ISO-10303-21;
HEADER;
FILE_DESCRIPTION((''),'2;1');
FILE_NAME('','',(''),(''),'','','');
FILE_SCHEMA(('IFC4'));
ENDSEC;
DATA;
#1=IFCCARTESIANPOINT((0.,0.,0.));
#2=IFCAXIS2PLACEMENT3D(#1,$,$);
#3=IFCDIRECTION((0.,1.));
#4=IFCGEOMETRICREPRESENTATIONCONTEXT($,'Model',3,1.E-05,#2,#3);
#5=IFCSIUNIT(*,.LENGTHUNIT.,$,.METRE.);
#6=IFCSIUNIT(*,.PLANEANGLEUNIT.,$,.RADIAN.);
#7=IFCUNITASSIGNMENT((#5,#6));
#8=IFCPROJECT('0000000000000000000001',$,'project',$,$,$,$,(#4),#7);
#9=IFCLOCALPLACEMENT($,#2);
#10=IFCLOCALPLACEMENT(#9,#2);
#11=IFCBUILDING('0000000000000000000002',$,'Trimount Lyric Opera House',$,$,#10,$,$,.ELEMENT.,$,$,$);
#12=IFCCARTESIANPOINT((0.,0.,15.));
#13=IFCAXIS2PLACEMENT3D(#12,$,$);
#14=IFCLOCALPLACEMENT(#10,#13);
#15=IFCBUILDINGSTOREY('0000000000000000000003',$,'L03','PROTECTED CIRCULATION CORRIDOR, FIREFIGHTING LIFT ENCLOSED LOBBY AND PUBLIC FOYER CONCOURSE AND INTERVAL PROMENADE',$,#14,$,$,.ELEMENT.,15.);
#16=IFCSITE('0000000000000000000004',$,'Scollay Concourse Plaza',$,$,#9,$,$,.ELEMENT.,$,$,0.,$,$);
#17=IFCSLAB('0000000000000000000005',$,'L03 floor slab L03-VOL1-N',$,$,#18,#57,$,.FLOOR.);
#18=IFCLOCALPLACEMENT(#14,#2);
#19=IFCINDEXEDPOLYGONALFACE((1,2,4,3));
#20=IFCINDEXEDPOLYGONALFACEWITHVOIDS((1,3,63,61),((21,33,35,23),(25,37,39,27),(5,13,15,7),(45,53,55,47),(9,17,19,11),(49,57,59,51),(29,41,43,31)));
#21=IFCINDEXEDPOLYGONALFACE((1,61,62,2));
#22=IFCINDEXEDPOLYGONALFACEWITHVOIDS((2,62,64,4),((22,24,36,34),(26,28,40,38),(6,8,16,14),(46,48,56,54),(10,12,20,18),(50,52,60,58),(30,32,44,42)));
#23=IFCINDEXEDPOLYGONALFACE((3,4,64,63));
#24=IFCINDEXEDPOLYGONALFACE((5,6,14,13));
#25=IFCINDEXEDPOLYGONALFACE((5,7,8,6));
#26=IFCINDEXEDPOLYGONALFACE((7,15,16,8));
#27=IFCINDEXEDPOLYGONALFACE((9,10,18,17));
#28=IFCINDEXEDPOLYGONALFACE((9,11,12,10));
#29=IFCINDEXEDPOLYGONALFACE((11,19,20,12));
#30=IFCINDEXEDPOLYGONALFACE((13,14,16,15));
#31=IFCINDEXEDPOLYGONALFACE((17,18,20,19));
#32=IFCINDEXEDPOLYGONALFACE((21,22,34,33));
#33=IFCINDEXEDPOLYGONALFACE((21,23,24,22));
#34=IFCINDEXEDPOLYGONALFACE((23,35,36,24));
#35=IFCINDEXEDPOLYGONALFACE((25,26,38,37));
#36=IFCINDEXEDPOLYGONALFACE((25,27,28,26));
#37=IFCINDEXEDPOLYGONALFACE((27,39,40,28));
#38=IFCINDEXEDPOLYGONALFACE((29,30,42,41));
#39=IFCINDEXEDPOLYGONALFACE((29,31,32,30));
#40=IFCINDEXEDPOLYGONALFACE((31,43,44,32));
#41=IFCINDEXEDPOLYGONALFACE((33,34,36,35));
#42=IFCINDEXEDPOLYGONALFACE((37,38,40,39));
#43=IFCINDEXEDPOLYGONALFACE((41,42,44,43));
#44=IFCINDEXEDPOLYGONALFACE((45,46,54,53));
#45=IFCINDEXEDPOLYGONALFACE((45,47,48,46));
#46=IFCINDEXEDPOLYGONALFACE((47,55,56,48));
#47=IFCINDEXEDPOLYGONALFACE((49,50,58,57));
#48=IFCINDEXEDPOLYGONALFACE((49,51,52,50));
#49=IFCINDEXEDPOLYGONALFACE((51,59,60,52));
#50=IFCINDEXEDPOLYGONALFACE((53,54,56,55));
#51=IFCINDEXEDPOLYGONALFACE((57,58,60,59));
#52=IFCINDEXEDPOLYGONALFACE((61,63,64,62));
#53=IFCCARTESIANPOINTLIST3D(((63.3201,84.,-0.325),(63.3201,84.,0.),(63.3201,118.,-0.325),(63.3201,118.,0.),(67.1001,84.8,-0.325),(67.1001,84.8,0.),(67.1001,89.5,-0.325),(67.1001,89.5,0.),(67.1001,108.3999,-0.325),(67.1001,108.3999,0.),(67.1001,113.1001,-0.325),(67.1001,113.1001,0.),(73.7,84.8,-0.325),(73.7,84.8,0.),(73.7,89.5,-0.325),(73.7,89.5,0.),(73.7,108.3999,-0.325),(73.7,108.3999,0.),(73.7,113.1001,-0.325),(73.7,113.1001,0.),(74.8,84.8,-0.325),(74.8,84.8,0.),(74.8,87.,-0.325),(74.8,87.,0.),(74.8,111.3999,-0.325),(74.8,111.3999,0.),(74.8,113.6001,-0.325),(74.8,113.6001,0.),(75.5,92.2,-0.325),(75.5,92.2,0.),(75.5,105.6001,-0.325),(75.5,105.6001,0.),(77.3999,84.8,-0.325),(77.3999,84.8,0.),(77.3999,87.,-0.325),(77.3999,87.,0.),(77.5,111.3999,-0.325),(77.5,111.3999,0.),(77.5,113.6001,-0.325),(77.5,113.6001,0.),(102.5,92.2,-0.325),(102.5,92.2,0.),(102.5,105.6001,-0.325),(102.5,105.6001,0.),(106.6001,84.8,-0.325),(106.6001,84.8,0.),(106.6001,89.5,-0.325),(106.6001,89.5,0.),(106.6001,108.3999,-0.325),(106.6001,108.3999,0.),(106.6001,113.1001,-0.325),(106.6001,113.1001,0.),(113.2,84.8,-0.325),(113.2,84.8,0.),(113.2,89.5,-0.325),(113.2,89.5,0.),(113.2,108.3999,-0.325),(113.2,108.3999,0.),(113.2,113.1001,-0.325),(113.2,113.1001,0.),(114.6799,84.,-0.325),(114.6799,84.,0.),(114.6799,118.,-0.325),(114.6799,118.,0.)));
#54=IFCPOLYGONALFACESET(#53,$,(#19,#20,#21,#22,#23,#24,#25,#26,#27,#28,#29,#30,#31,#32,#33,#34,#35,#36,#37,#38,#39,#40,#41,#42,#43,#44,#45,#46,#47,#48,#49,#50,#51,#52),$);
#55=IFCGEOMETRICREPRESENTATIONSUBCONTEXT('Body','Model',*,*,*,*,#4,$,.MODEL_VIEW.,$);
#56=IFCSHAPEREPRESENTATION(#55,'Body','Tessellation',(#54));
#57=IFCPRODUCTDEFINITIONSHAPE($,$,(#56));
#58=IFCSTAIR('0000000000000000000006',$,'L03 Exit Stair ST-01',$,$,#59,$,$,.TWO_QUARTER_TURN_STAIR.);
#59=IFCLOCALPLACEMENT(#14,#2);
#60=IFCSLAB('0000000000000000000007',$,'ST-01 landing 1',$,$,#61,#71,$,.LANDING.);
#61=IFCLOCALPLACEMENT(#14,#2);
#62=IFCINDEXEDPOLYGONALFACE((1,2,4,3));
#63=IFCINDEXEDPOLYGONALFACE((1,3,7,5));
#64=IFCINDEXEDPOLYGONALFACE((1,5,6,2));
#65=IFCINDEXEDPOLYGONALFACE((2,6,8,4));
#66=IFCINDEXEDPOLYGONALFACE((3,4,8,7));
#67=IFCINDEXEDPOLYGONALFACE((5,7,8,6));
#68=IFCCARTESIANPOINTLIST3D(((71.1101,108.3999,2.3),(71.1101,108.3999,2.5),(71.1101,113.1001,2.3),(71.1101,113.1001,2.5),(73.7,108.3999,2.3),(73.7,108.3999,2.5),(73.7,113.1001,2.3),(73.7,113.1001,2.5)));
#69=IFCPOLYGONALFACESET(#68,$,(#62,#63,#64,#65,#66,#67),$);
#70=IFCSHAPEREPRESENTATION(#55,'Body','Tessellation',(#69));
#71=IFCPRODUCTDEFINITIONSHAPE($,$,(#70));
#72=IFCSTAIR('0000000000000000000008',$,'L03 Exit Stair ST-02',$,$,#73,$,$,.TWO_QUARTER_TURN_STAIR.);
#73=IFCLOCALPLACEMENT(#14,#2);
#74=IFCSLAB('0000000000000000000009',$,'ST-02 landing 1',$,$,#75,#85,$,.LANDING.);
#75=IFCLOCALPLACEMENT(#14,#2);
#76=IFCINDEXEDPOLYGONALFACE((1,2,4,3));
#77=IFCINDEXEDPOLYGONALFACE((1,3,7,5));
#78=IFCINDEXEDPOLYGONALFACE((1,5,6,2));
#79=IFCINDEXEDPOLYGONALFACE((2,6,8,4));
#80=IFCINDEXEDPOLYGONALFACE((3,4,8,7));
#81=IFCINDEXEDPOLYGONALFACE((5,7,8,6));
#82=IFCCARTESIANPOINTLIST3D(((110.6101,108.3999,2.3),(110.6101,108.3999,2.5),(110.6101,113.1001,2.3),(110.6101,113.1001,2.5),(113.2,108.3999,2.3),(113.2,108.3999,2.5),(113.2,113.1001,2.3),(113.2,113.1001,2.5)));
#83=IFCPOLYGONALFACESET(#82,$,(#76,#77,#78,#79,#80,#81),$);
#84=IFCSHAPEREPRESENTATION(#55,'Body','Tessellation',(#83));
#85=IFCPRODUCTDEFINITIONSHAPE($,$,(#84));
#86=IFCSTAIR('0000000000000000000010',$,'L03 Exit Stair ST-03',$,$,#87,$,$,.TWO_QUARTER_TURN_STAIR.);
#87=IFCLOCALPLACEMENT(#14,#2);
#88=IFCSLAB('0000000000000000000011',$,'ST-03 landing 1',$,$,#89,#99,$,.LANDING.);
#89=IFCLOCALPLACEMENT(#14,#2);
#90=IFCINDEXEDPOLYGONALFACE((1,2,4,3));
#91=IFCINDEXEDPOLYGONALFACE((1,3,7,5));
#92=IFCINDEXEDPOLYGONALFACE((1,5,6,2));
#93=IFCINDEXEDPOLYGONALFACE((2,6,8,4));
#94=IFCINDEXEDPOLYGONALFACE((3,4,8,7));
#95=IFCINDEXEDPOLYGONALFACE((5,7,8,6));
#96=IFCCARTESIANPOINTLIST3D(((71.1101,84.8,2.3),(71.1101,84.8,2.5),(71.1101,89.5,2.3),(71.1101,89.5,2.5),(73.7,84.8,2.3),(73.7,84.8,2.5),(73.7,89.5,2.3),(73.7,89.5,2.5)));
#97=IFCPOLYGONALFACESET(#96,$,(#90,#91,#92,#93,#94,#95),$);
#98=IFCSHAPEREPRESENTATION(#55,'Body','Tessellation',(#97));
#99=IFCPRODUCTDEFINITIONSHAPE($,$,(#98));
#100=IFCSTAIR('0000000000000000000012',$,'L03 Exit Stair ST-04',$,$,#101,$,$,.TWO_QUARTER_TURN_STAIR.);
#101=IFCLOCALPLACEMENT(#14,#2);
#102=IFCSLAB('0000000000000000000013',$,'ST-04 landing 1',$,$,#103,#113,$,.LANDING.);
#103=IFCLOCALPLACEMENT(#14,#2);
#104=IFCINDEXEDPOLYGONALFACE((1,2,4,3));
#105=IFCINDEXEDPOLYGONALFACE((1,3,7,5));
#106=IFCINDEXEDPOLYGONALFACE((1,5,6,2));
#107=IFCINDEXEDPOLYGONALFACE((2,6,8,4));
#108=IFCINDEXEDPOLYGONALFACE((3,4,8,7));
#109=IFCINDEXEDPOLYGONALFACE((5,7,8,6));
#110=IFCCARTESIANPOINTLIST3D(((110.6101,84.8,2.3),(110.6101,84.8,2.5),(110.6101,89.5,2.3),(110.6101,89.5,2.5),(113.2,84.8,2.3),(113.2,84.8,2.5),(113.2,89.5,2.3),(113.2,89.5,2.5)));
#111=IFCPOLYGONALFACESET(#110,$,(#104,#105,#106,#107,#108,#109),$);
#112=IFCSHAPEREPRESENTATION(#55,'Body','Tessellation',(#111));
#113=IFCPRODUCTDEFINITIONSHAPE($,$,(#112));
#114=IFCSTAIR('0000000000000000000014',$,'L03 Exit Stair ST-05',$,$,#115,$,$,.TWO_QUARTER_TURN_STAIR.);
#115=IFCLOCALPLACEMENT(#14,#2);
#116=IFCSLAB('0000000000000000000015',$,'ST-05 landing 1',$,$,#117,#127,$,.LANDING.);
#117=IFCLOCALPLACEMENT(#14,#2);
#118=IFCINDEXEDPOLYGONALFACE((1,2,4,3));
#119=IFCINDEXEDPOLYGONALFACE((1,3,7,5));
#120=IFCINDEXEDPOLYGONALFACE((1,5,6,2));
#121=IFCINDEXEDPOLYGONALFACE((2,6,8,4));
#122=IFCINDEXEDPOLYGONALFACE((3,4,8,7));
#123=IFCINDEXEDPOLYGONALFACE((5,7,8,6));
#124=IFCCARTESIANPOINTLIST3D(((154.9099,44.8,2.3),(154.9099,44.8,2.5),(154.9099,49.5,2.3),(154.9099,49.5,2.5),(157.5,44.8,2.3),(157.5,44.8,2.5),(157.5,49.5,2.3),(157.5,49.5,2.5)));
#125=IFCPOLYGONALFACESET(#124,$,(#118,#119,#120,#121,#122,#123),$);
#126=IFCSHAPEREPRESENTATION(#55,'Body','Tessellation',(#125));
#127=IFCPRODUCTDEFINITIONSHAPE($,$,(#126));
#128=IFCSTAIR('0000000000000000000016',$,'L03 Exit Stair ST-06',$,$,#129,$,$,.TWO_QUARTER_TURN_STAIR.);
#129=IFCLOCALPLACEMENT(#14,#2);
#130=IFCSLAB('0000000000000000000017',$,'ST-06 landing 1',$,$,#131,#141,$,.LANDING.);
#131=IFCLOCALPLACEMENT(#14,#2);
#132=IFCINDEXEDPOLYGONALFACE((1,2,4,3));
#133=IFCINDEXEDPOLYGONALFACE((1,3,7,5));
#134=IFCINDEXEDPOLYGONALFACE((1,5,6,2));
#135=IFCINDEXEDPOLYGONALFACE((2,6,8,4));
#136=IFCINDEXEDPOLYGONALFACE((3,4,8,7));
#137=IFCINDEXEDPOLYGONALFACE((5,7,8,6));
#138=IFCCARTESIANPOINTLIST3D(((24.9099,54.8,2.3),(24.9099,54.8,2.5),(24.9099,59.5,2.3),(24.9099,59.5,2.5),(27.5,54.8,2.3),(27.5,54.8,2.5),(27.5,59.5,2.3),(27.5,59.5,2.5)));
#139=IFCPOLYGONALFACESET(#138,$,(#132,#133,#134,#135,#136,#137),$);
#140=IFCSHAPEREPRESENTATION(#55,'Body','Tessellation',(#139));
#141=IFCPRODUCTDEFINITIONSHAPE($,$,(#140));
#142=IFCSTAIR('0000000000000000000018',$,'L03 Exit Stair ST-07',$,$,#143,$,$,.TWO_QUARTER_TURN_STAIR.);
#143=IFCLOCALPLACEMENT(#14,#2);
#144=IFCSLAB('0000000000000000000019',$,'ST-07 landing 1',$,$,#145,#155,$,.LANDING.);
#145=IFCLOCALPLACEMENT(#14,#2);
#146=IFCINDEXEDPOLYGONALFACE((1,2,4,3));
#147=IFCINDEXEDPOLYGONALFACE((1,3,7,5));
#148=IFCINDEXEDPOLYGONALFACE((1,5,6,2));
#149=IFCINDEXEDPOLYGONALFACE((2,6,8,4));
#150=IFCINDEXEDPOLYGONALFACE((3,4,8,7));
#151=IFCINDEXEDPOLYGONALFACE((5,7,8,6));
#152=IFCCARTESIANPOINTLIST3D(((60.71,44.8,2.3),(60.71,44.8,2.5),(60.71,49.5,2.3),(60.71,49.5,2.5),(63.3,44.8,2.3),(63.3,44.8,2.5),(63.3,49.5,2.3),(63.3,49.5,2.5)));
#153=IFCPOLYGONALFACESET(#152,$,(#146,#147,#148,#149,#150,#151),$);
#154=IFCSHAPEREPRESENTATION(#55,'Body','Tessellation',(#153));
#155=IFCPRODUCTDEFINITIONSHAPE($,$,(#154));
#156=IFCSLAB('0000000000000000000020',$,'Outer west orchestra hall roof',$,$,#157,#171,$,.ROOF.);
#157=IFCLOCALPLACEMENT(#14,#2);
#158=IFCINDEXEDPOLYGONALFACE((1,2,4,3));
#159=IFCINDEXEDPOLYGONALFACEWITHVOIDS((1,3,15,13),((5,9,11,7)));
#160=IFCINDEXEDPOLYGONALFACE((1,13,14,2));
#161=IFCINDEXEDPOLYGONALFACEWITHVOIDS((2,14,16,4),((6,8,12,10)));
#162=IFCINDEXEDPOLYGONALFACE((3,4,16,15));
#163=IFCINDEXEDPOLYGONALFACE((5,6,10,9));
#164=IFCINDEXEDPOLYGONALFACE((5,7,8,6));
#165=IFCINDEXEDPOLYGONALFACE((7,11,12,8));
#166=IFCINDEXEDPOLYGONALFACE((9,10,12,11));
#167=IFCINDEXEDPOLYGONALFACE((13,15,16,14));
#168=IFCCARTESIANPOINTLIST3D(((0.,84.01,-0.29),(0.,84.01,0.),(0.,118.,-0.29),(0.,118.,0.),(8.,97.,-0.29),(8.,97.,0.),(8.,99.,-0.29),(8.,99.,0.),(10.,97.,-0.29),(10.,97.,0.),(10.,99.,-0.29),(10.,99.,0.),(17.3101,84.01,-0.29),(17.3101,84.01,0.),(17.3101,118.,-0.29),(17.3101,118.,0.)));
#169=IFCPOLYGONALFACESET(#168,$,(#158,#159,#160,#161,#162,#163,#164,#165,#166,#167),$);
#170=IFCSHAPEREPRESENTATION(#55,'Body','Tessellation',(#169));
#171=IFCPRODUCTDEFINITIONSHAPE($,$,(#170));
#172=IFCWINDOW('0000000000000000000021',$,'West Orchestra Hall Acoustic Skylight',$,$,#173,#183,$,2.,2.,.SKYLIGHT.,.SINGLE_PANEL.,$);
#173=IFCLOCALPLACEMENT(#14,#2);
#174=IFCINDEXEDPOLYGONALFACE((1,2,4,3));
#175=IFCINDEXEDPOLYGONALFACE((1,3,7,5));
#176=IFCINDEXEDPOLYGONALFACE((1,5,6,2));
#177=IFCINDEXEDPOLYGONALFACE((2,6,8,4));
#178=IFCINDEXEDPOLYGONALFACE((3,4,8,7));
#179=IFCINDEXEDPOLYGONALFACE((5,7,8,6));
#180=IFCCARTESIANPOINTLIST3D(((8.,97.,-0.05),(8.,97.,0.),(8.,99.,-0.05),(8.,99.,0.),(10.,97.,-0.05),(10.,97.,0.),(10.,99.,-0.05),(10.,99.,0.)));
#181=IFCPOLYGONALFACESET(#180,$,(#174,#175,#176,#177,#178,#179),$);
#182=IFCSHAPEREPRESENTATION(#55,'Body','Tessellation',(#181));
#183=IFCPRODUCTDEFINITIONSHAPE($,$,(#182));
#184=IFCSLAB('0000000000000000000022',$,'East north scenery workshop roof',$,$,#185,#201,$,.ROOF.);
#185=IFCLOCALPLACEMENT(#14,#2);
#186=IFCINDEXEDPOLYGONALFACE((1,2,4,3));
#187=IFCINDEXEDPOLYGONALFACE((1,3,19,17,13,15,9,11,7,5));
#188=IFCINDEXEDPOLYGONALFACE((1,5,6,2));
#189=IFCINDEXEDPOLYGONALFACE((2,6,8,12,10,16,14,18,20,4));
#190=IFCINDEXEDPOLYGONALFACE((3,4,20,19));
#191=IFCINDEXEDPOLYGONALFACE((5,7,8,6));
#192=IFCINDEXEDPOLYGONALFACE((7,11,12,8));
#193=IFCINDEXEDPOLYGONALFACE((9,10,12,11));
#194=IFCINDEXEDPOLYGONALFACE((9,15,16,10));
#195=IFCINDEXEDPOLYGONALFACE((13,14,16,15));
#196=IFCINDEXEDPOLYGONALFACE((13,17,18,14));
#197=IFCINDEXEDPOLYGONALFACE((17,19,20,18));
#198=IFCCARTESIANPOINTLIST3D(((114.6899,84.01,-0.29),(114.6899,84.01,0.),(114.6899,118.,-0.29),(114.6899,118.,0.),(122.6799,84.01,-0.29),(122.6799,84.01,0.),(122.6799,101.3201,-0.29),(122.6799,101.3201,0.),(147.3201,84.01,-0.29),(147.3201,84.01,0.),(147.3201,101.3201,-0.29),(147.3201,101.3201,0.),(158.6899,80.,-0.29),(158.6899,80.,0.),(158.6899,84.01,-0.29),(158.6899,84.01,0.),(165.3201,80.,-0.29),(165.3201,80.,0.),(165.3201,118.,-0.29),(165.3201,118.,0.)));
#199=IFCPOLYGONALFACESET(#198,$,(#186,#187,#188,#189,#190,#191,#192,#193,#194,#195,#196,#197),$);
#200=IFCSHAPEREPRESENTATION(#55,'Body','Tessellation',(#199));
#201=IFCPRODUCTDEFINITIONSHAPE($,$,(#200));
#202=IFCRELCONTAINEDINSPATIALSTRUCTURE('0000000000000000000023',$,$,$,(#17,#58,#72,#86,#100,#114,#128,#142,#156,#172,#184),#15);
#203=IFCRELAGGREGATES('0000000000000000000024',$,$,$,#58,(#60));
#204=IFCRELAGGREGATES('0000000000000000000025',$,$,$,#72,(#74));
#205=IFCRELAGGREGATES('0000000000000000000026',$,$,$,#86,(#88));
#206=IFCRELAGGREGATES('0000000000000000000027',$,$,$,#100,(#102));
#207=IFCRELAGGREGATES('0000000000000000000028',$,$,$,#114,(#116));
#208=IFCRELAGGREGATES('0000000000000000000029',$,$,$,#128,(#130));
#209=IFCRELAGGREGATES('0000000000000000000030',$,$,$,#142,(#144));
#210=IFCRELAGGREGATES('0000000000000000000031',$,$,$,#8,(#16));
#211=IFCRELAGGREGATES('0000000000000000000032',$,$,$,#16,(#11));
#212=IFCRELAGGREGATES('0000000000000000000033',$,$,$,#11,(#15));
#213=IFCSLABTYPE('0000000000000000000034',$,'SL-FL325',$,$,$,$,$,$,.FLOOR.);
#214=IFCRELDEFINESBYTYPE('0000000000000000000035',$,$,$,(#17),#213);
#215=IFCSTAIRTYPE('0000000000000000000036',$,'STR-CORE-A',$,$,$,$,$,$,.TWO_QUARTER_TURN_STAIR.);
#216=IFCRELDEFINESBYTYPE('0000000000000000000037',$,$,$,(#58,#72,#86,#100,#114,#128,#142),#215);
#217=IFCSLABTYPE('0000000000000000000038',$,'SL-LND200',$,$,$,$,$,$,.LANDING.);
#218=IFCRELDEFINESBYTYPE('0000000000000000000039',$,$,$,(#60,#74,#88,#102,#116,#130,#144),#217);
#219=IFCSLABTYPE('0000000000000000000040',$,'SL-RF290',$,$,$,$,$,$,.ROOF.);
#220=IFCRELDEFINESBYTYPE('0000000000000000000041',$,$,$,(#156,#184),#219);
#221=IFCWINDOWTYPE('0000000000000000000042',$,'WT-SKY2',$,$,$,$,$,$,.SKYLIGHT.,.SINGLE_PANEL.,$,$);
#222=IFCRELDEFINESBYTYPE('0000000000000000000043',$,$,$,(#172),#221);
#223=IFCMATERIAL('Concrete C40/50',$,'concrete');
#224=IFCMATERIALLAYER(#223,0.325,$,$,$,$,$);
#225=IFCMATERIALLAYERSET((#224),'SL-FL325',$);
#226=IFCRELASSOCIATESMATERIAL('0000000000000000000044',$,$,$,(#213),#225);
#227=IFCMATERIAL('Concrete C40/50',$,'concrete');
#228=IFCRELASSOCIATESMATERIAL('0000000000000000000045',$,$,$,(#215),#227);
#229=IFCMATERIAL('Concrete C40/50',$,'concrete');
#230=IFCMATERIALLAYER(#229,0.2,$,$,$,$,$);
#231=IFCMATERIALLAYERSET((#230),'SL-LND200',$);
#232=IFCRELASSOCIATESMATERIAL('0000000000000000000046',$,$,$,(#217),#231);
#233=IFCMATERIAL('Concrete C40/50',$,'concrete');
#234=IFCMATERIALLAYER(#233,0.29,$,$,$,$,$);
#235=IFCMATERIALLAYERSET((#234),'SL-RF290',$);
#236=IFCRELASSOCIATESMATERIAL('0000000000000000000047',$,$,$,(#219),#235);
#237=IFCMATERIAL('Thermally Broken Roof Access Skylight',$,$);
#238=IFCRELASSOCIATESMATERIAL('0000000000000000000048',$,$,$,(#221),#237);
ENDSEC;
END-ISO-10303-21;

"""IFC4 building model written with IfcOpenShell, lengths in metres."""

from ifc_helpers import new_model, si_unit, direction, frame, origin, origin_2d, place, context, subcontext, project, spatial, polyline, rectangle, outline, extrude, material, layer, layer_set, type_object, element, fill, aggregate, save


model = new_model("IFC4")

# Units and contexts
model_context = context("Model", 3, precision=1e-05, world=origin(), true_north=direction((0.0, 1.0)))
body_context = subcontext(model_context, "Body", "Model", "MODEL_VIEW")
ifc_project = project(units=[si_unit("LENGTHUNIT", "METRE"), si_unit("PLANEANGLEUNIT", "RADIAN")], contexts=[model_context])

# Site, building, storey
site_placement = place(None, origin())
site = spatial("IfcSite", under=ifc_project, at=site_placement, Name="Scollay Concourse Plaza", CompositionType="ELEMENT", RefElevation=0.0)
building_placement = place(site_placement, origin())
building = spatial("IfcBuilding", under=site, at=building_placement, Name="Trimount Lyric Opera House", CompositionType="ELEMENT")
storey_placement = place(building_placement, frame((0.0, 0.0, 15.0)))
storey = spatial("IfcBuildingStorey", under=building, at=storey_placement, Name="L03", Description="PROTECTED CIRCULATION CORRIDOR, FIREFIGHTING LIFT ENCLOSED LOBBY AND PUBLIC FOYER CONCOURSE AND INTERVAL PROMENADE", CompositionType="ELEMENT", Elevation=15.0)

# Slab
ifc_material_1 = material(Name="Concrete C40/50", Category="concrete")
ifc_layer_1 = layer(ifc_material_1, 0.325)
ifc_layer_set_1 = layer_set([ifc_layer_1], Name="SL-FL325")
slab_type_1 = type_object("IfcSlabType", Name="SL-FL325", PredefinedType="FLOOR", material=ifc_layer_set_1)
slab_1_placement = place(storey_placement, frame((0.0, 0.0, -0.325)))
element("IfcSlab", 1, at=slab_1_placement, inside=storey, type_object=slab_type_1, Name="L03 floor slab L03-VOL1-N", PredefinedType="FLOOR", context=body_context, shape_type="SweptSolid", body=[
    extrude(outline(polyline([(114.6799, 118.0), (114.6799, 84.0), (63.3201, 84.0), (63.3201, 118.0), (114.6799, 118.0)]), holes=[polyline([(113.2, 89.5), (106.6001, 89.5), (106.6001, 84.8), (113.2, 84.8), (113.2, 89.5)]), polyline([(113.2, 113.1001), (106.6001, 113.1001), (106.6001, 108.3999), (113.2, 108.3999), (113.2, 113.1001)]), polyline([(75.5, 92.2), (102.5, 92.2), (102.5, 105.6001), (75.5, 105.6001), (75.5, 92.2)]), polyline([(77.5, 113.6001), (74.8, 113.6001), (74.8, 111.3999), (77.5, 111.3999), (77.5, 113.6001)]), polyline([(77.3999, 87.0), (74.8, 87.0), (74.8, 84.8), (77.3999, 84.8), (77.3999, 87.0)]), polyline([(73.7, 89.5), (67.1001, 89.5), (67.1001, 84.8), (73.7, 84.8), (73.7, 89.5)]), polyline([(73.7, 113.1001), (67.1001, 113.1001), (67.1001, 108.3999), (73.7, 108.3999), (73.7, 113.1001)])]), origin(), (0.0, 0.0, 1.0), 0.325),
])

# Stairs, slabs
ifc_material_2 = material(Name="Concrete C40/50", Category="concrete")
stair_type = type_object("IfcStairType", Name="STR-CORE-A", PredefinedType="TWO_QUARTER_TURN_STAIR", material=ifc_material_2)
stair_1_placement = place(storey_placement, origin())
stair_1 = element("IfcStair", 2, at=stair_1_placement, inside=storey, type_object=stair_type, Name="L03 Exit Stair ST-01", PredefinedType="TWO_QUARTER_TURN_STAIR")
ifc_material_3 = material(Name="Concrete C40/50", Category="concrete")
ifc_layer_2 = layer(ifc_material_3, 0.2)
ifc_layer_set_2 = layer_set([ifc_layer_2], Name="SL-LND200")
slab_type_2 = type_object("IfcSlabType", Name="SL-LND200", PredefinedType="LANDING", material=ifc_layer_set_2)
slab_2_placement = place(storey_placement, frame((0.0, 0.0, 2.3)))
slab_2 = element("IfcSlab", 3, at=slab_2_placement, type_object=slab_type_2, Name="ST-01 landing 1", PredefinedType="LANDING", context=body_context, shape_type="SweptSolid", body=[
    extrude(outline(polyline([(71.1101, 108.3999), (73.7, 108.3999), (73.7, 113.1001), (71.1101, 113.1001), (71.1101, 108.3999)])), origin(), (0.0, 0.0, 1.0), 0.2),
])
aggregate(stair_1, [slab_2])
stair_2_placement = place(storey_placement, origin())
stair_2 = element("IfcStair", 4, at=stair_2_placement, inside=storey, type_object=stair_type, Name="L03 Exit Stair ST-02", PredefinedType="TWO_QUARTER_TURN_STAIR")
slab_3_placement = place(storey_placement, frame((0.0, 0.0, 2.3)))
slab_3 = element("IfcSlab", 5, at=slab_3_placement, type_object=slab_type_2, Name="ST-02 landing 1", PredefinedType="LANDING", context=body_context, shape_type="SweptSolid", body=[
    extrude(outline(polyline([(110.6101, 108.3999), (113.2, 108.3999), (113.2, 113.1001), (110.6101, 113.1001), (110.6101, 108.3999)])), origin(), (0.0, 0.0, 1.0), 0.2),
])
aggregate(stair_2, [slab_3])
stair_3_placement = place(storey_placement, origin())
stair_3 = element("IfcStair", 6, at=stair_3_placement, inside=storey, type_object=stair_type, Name="L03 Exit Stair ST-03", PredefinedType="TWO_QUARTER_TURN_STAIR")
slab_4_placement = place(storey_placement, frame((0.0, 0.0, 2.3)))
slab_4 = element("IfcSlab", 7, at=slab_4_placement, type_object=slab_type_2, Name="ST-03 landing 1", PredefinedType="LANDING", context=body_context, shape_type="SweptSolid", body=[
    extrude(outline(polyline([(71.1101, 84.8), (73.7, 84.8), (73.7, 89.5), (71.1101, 89.5), (71.1101, 84.8)])), origin(), (0.0, 0.0, 1.0), 0.2),
])
aggregate(stair_3, [slab_4])
stair_4_placement = place(storey_placement, origin())
stair_4 = element("IfcStair", 8, at=stair_4_placement, inside=storey, type_object=stair_type, Name="L03 Exit Stair ST-04", PredefinedType="TWO_QUARTER_TURN_STAIR")
slab_5_placement = place(storey_placement, frame((0.0, 0.0, 2.3)))
slab_5 = element("IfcSlab", 9, at=slab_5_placement, type_object=slab_type_2, Name="ST-04 landing 1", PredefinedType="LANDING", context=body_context, shape_type="SweptSolid", body=[
    extrude(outline(polyline([(110.6101, 84.8), (113.2, 84.8), (113.2, 89.5), (110.6101, 89.5), (110.6101, 84.8)])), origin(), (0.0, 0.0, 1.0), 0.2),
])
aggregate(stair_4, [slab_5])
stair_5_placement = place(storey_placement, origin())
stair_5 = element("IfcStair", 10, at=stair_5_placement, inside=storey, type_object=stair_type, Name="L03 Exit Stair ST-05", PredefinedType="TWO_QUARTER_TURN_STAIR")
slab_6_placement = place(storey_placement, frame((0.0, 0.0, 2.3)))
slab_6 = element("IfcSlab", 11, at=slab_6_placement, type_object=slab_type_2, Name="ST-05 landing 1", PredefinedType="LANDING", context=body_context, shape_type="SweptSolid", body=[
    extrude(outline(polyline([(154.9099, 44.8), (157.5, 44.8), (157.5, 49.5), (154.9099, 49.5), (154.9099, 44.8)])), origin(), (0.0, 0.0, 1.0), 0.2),
])
aggregate(stair_5, [slab_6])
stair_6_placement = place(storey_placement, origin())
stair_6 = element("IfcStair", 12, at=stair_6_placement, inside=storey, type_object=stair_type, Name="L03 Exit Stair ST-06", PredefinedType="TWO_QUARTER_TURN_STAIR")
slab_7_placement = place(storey_placement, frame((0.0, 0.0, 2.3)))
slab_7 = element("IfcSlab", 13, at=slab_7_placement, type_object=slab_type_2, Name="ST-06 landing 1", PredefinedType="LANDING", context=body_context, shape_type="SweptSolid", body=[
    extrude(outline(polyline([(24.9099, 54.8), (27.5, 54.8), (27.5, 59.5), (24.9099, 59.5), (24.9099, 54.8)])), origin(), (0.0, 0.0, 1.0), 0.2),
])
aggregate(stair_6, [slab_7])
stair_7_placement = place(storey_placement, origin())
stair_7 = element("IfcStair", 14, at=stair_7_placement, inside=storey, type_object=stair_type, Name="L03 Exit Stair ST-07", PredefinedType="TWO_QUARTER_TURN_STAIR")
slab_8_placement = place(storey_placement, frame((0.0, 0.0, 2.3)))
slab_8 = element("IfcSlab", 15, at=slab_8_placement, type_object=slab_type_2, Name="ST-07 landing 1", PredefinedType="LANDING", context=body_context, shape_type="SweptSolid", body=[
    extrude(outline(polyline([(60.71, 44.8), (63.3, 44.8), (63.3, 49.5), (60.71, 49.5), (60.71, 44.8)])), origin(), (0.0, 0.0, 1.0), 0.2),
])
aggregate(stair_7, [slab_8])

# Slab, opening, window
ifc_material_4 = material(Name="Concrete C40/50", Category="concrete")
ifc_layer_3 = layer(ifc_material_4, 0.29)
ifc_layer_set_3 = layer_set([ifc_layer_3], Name="SL-RF290")
slab_type_3 = type_object("IfcSlabType", Name="SL-RF290", PredefinedType="ROOF", material=ifc_layer_set_3)
slab_9_placement = place(storey_placement, frame((0.0, 0.0, -0.29)))
slab_9 = element("IfcSlab", 16, at=slab_9_placement, inside=storey, type_object=slab_type_3, Name="Outer west orchestra hall roof", PredefinedType="ROOF", context=body_context, shape_type="SweptSolid", body=[
    extrude(outline(polyline([(17.3101, 118.0), (17.3101, 84.01), (0.0, 84.01), (0.0, 118.0), (17.3101, 118.0)])), origin(), (0.0, 0.0, 1.0), 0.29),
])
opening_placement = place(slab_9_placement, frame((9.0, 98.0, 0.0)))
opening = element("IfcOpeningElement", 17, at=opening_placement, cuts=slab_9, PredefinedType="OPENING", context=body_context, shape_type="SweptSolid", body=[
    extrude(rectangle(XDim=2.0, YDim=2.0, at=origin_2d()), frame((0.0, 0.0, -0.01)), (0.0, 0.0, 1.0), 0.3101),
])
ifc_material_5 = material(Name="Thermally Broken Roof Access Skylight")
window_type = type_object("IfcWindowType", Name="WT-SKY2", PartitioningType="SINGLE_PANEL", PredefinedType="SKYLIGHT", material=ifc_material_5)
window_placement = place(opening_placement, frame((0.0, 0.0, 0.24)))
window = element("IfcWindow", 18, at=window_placement, inside=storey, type_object=window_type, Name="West Orchestra Hall Acoustic Skylight", OverallHeight=2.0, OverallWidth=2.0, PartitioningType="SINGLE_PANEL", PredefinedType="SKYLIGHT", context=body_context, shape_type="SweptSolid", body=[
    extrude(rectangle(XDim=2.0, YDim=2.0, at=origin_2d()), origin(), (0.0, 0.0, 1.0), 0.05),
])
fill(opening, window)

# Slab
slab_10_placement = place(storey_placement, frame((0.0, 0.0, -0.29)))
element("IfcSlab", 19, at=slab_10_placement, inside=storey, type_object=slab_type_3, Name="East north scenery workshop roof", PredefinedType="ROOF", context=body_context, shape_type="SweptSolid", body=[
    extrude(outline(polyline([(158.6899, 84.01), (147.3201, 84.01), (147.3201, 101.3201), (122.6799, 101.3201), (122.6799, 84.01), (114.6899, 84.01), (114.6899, 118.0), (165.3201, 118.0), (165.3201, 80.0), (158.6899, 80.0), (158.6899, 84.01)])), origin(), (0.0, 0.0, 1.0), 0.29),
])

save(model, "model.ifc")
